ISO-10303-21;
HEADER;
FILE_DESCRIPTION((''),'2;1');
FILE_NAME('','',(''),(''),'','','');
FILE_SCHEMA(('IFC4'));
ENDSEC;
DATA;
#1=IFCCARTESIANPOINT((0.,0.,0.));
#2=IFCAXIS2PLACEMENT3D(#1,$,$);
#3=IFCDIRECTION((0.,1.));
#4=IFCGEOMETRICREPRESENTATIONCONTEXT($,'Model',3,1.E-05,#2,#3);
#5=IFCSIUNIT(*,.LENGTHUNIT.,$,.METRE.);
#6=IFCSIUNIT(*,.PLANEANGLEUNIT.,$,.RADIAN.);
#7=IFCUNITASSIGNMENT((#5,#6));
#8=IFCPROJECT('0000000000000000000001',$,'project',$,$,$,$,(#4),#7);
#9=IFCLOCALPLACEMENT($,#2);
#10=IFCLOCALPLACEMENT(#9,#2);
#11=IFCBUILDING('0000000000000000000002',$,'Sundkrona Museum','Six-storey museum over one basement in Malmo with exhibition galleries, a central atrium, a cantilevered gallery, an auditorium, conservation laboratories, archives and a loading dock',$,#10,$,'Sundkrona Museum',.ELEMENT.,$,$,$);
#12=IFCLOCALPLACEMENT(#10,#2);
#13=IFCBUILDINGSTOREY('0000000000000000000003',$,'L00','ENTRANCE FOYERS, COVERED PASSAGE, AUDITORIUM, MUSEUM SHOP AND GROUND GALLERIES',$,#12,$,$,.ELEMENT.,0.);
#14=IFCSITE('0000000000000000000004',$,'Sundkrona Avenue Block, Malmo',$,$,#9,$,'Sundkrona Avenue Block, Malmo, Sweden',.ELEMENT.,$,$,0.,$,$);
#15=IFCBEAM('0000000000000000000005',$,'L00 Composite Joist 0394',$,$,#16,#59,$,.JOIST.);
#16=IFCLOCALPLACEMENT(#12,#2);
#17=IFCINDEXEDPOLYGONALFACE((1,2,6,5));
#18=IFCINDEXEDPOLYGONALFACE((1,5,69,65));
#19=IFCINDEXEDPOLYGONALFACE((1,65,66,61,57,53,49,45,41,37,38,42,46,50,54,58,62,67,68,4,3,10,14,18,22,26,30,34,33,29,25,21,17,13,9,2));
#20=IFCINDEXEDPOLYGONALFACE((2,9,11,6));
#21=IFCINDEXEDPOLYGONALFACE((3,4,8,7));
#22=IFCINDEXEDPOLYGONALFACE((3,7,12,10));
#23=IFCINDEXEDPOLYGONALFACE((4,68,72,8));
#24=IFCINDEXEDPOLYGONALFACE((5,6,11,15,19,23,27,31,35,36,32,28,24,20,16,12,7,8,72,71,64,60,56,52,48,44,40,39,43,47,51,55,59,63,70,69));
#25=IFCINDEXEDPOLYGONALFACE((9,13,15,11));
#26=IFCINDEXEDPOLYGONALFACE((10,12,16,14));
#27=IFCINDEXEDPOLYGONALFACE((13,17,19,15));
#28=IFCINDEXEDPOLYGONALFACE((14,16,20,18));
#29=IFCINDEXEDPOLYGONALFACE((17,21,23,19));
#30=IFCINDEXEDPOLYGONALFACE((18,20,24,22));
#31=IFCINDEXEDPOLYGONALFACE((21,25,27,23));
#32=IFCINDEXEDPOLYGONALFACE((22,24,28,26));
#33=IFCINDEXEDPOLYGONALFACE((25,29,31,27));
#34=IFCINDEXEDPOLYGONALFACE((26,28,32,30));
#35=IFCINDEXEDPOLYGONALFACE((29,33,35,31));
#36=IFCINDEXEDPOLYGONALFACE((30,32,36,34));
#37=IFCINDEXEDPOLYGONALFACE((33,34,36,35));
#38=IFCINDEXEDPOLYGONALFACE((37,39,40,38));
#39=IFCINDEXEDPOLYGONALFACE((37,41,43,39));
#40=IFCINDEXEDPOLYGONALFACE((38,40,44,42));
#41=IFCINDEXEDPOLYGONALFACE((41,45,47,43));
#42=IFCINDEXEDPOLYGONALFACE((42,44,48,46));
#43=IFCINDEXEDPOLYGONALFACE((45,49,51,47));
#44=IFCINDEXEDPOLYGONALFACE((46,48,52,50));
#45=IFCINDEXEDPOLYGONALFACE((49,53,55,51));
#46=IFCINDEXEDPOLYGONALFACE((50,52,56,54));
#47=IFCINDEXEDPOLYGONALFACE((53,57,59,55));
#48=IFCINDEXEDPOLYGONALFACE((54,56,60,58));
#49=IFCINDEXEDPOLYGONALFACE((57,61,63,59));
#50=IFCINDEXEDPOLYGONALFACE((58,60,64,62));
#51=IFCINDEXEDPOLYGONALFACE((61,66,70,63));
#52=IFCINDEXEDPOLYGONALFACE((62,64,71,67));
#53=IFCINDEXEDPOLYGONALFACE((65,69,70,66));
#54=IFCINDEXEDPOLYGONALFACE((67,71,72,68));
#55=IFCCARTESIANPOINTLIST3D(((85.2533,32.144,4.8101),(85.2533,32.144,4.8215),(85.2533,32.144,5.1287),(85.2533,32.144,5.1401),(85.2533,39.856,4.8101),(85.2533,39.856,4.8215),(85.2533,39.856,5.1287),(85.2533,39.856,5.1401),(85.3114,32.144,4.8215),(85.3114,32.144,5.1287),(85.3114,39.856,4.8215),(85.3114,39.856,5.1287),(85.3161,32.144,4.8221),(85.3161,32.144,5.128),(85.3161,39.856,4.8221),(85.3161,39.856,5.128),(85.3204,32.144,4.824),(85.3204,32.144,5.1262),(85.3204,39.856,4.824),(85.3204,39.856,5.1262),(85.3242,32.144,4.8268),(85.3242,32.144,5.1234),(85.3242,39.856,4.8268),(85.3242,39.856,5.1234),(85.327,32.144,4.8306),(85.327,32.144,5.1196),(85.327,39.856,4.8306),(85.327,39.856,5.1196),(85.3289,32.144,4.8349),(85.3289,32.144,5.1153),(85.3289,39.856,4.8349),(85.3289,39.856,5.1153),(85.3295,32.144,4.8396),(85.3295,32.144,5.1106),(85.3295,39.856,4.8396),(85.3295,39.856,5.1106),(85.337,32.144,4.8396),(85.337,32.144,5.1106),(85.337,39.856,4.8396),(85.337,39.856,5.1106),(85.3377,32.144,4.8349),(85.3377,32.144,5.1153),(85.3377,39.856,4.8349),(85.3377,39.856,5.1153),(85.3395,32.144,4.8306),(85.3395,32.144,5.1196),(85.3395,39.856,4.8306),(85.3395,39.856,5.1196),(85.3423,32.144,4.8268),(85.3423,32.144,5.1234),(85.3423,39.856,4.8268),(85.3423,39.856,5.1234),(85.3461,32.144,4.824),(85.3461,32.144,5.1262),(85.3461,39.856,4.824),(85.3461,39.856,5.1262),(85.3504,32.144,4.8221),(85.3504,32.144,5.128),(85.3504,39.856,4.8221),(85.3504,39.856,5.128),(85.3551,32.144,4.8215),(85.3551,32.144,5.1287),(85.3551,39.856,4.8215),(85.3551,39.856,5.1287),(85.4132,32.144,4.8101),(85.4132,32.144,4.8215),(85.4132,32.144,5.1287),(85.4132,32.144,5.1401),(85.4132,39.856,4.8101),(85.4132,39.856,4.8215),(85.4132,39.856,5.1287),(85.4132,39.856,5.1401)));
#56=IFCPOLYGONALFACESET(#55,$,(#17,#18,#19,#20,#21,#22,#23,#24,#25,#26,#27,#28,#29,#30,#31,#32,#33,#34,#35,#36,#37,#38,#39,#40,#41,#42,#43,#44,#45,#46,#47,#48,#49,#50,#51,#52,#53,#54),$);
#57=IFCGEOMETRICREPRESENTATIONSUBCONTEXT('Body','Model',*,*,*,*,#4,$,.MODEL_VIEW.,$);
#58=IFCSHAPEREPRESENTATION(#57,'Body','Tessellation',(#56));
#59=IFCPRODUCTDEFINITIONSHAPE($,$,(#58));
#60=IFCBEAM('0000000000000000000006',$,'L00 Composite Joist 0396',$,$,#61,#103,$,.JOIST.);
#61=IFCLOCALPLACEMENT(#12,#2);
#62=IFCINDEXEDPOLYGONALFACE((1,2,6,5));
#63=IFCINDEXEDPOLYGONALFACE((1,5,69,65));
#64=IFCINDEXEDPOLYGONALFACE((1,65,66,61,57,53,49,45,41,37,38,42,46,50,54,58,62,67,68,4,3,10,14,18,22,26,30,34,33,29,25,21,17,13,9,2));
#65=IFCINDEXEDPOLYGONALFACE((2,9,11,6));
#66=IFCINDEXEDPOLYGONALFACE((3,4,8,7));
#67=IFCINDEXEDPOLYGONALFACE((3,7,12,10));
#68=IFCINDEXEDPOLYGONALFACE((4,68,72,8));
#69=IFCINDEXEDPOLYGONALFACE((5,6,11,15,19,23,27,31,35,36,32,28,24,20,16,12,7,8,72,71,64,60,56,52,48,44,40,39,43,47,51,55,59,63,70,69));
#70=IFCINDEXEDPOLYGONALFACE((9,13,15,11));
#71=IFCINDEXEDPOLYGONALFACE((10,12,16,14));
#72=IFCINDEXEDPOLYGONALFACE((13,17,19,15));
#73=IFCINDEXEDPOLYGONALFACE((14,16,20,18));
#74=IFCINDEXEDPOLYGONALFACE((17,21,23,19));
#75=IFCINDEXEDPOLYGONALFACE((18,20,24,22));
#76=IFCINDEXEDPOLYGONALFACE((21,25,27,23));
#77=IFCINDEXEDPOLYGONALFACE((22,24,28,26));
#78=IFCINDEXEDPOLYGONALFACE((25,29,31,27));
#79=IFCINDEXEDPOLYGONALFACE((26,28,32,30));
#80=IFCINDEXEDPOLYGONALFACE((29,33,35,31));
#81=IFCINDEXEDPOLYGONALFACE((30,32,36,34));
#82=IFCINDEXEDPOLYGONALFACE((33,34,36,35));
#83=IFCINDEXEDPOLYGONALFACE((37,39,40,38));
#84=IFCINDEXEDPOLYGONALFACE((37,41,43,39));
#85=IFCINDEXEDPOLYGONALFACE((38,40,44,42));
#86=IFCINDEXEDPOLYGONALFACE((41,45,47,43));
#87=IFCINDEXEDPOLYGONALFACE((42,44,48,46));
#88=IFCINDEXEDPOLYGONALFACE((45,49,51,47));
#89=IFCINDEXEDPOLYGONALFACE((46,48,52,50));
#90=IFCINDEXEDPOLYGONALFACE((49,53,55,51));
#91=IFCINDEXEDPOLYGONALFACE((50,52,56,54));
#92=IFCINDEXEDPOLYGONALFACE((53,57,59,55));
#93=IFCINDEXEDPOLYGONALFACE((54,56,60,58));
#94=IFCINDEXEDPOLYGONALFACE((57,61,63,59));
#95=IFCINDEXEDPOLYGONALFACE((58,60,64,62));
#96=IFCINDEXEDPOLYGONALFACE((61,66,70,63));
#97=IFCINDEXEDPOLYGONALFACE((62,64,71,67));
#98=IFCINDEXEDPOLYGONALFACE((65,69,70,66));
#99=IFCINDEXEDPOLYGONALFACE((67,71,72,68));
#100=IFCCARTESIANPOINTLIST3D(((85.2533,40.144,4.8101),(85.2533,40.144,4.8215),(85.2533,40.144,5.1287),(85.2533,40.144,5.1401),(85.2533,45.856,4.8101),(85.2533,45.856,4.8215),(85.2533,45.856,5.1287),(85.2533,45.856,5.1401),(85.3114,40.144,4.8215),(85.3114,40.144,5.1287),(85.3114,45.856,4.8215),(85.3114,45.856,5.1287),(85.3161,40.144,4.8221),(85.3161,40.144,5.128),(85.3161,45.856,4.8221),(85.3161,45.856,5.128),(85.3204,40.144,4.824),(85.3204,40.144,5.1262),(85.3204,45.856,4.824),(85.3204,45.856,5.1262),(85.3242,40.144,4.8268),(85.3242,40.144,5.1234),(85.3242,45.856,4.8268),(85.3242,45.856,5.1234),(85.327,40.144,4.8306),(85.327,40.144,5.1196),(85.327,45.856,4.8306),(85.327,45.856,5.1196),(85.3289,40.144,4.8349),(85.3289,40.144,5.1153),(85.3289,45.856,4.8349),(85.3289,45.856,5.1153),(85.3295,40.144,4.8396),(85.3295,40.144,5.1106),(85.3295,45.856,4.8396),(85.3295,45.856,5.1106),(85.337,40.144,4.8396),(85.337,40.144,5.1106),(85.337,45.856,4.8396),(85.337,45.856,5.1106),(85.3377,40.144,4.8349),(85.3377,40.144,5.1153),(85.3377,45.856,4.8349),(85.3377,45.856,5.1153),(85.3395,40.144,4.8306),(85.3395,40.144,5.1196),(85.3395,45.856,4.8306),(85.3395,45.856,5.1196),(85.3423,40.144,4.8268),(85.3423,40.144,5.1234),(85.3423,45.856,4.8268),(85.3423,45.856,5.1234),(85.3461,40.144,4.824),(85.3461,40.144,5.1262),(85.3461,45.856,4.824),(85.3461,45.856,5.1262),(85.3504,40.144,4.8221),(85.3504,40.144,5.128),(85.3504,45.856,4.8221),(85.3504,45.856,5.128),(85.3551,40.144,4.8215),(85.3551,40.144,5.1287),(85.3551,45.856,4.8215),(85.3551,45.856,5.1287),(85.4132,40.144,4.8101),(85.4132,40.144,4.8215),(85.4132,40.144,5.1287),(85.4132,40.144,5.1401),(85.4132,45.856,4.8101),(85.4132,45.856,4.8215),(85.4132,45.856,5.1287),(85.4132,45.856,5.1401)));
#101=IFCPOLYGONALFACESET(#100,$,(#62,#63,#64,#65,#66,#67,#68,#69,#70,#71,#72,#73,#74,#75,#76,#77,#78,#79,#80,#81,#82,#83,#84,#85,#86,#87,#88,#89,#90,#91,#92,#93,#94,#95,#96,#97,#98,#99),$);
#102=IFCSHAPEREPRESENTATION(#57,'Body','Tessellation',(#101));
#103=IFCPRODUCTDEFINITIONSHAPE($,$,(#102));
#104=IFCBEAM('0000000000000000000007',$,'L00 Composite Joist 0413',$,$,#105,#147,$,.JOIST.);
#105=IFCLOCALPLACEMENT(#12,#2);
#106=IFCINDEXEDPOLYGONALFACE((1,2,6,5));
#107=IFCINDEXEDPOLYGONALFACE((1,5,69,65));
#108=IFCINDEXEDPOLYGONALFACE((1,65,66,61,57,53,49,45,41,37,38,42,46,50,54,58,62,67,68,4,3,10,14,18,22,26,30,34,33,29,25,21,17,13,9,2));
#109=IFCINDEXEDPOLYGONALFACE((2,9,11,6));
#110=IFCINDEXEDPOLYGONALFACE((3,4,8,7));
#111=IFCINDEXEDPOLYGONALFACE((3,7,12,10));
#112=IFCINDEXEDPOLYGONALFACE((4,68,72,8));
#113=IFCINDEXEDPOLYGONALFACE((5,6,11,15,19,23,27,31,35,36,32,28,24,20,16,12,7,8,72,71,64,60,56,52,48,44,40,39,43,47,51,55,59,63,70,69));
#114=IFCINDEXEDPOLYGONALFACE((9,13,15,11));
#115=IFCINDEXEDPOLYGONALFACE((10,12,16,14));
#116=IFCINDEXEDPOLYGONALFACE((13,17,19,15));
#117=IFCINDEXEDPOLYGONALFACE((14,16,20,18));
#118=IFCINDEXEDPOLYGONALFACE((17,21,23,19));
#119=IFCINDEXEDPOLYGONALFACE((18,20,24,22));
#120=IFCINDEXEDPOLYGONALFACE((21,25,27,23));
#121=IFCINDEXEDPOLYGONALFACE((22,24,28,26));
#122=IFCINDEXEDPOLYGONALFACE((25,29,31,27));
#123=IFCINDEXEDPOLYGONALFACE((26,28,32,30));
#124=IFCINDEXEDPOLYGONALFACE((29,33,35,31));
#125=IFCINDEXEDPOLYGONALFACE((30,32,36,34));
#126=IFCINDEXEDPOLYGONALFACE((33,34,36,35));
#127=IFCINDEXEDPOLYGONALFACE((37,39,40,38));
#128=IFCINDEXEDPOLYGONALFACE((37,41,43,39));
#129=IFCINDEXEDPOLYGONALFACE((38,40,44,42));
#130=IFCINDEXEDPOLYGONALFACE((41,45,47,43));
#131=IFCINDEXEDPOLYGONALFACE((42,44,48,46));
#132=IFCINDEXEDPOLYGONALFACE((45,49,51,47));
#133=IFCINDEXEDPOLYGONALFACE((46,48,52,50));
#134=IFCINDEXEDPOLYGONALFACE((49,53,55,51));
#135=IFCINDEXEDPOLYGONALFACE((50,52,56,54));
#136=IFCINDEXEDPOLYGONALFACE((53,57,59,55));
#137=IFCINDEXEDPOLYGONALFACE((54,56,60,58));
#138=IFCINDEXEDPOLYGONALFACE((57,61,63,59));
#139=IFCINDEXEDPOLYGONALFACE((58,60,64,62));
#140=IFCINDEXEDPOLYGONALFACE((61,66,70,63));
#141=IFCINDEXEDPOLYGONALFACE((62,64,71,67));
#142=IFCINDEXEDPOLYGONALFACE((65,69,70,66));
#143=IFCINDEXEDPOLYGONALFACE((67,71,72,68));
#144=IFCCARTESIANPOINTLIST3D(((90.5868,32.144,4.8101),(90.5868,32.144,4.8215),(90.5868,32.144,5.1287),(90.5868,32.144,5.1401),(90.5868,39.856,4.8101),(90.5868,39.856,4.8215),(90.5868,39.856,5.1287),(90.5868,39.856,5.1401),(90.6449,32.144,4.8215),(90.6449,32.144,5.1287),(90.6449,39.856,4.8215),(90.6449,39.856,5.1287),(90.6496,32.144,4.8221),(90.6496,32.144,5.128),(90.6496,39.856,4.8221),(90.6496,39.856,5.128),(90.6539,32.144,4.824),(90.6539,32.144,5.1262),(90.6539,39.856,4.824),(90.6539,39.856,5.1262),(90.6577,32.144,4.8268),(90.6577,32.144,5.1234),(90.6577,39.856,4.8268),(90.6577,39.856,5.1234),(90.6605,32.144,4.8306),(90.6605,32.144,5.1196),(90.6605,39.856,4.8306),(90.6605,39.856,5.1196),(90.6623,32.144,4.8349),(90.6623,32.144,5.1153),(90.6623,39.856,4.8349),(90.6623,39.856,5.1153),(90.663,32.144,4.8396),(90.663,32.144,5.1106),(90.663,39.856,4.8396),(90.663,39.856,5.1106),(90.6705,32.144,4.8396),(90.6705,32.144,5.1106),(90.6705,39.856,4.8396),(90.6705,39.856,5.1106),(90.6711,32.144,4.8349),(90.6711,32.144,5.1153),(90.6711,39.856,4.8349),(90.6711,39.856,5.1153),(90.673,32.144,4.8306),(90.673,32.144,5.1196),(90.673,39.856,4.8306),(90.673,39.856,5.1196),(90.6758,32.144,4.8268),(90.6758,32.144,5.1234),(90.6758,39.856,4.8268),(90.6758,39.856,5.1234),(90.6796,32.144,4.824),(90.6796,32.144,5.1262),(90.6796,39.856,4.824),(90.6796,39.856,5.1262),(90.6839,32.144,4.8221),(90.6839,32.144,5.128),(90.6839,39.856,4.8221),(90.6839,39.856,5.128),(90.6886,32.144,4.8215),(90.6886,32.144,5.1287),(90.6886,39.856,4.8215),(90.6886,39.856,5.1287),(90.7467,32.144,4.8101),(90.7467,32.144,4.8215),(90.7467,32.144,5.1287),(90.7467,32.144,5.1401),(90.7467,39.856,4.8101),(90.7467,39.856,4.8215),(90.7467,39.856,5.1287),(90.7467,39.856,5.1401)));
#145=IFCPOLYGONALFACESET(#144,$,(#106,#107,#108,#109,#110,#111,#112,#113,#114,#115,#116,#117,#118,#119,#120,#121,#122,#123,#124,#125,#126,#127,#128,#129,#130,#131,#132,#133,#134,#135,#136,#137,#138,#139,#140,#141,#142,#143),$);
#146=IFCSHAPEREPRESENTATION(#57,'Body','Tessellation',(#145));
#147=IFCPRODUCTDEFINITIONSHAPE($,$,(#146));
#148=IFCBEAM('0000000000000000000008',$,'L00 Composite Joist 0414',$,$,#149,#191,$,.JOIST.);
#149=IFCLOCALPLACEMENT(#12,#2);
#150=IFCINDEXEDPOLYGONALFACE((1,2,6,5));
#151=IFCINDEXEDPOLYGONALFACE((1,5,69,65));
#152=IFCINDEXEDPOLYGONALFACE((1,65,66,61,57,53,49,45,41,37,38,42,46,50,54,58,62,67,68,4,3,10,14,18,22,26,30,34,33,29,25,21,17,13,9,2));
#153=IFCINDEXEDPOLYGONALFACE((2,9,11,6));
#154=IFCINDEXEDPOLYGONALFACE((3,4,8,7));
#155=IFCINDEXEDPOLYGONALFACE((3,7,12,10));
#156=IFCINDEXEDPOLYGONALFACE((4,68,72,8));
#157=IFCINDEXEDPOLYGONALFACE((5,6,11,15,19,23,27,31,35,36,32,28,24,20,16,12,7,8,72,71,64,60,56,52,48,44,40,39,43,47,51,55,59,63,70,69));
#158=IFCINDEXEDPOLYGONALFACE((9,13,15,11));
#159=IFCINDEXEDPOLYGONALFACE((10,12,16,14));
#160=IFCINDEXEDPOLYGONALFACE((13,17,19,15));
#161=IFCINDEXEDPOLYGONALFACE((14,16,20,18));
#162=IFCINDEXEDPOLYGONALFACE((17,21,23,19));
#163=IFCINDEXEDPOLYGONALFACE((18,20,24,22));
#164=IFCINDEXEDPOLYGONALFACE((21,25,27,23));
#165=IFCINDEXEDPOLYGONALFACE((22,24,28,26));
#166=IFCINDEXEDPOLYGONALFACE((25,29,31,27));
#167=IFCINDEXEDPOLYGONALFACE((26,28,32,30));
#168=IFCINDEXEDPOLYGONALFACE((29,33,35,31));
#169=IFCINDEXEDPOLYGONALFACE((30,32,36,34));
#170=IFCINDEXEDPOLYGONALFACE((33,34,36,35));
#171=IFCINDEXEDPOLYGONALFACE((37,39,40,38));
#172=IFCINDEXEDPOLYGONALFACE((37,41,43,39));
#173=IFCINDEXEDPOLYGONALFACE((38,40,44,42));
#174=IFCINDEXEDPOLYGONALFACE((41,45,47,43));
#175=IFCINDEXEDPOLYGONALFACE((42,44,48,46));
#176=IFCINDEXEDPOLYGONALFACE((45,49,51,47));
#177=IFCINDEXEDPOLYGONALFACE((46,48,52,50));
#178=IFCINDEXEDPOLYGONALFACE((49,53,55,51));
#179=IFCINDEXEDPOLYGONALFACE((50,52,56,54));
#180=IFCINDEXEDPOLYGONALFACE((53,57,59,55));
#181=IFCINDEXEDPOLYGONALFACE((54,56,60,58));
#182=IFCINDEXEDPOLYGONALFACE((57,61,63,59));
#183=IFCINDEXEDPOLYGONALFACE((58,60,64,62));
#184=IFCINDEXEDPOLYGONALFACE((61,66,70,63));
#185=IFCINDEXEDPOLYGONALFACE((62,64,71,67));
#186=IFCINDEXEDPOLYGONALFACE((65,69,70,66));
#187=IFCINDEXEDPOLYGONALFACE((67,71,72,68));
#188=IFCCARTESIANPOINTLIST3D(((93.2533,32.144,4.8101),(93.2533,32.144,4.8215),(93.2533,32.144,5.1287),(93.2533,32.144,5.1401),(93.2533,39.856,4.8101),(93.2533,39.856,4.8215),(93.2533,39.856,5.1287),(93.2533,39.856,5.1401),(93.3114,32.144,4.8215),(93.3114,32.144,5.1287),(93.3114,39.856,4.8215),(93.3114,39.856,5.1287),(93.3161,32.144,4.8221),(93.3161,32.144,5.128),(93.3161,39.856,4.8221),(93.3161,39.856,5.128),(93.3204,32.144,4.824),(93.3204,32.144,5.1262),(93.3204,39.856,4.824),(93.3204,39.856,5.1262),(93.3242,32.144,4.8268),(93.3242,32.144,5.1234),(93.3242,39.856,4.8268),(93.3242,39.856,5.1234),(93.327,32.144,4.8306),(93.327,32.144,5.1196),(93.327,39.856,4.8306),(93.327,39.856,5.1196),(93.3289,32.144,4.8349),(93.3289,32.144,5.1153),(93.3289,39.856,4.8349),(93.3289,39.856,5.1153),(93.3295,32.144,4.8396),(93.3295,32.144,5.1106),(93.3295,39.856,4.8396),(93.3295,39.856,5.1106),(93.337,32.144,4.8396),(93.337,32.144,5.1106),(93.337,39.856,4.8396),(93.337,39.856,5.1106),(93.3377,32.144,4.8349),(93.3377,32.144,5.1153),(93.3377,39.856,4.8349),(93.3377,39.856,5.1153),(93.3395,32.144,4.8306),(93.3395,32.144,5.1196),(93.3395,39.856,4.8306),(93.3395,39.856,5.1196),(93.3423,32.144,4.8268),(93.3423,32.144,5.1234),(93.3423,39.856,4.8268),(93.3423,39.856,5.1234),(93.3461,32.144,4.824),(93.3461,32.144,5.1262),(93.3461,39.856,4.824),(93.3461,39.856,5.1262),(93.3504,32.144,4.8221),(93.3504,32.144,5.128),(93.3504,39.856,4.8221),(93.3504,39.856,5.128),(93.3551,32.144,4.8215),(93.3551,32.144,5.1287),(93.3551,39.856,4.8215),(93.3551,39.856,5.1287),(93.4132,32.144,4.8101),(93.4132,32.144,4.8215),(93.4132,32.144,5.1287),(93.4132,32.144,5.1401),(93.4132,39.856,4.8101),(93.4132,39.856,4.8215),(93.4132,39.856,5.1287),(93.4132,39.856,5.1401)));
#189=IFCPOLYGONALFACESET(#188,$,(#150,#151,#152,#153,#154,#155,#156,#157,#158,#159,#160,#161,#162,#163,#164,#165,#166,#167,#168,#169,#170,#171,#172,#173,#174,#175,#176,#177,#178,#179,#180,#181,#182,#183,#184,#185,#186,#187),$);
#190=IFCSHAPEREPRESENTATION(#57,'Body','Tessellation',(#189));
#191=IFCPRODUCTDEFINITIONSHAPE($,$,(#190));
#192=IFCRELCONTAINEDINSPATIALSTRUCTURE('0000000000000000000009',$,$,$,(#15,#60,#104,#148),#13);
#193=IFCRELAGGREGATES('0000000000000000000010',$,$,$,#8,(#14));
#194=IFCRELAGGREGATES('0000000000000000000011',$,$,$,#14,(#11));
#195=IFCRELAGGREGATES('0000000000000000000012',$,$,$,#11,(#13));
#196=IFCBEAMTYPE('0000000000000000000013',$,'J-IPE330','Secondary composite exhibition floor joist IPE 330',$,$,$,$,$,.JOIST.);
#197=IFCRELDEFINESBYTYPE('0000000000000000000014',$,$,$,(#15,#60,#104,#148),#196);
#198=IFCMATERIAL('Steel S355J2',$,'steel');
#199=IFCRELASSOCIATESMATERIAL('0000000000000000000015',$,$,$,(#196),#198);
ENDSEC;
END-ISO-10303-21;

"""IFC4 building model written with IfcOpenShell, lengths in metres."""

from ifc_helpers import new_model, si_unit, direction, frame, origin, origin_2d, place, context, subcontext, project, spatial, i_section, extrude, material, material_profile, profile_set, type_object, element, save


model = new_model("IFC4")

# Units and contexts
model_context = context("Model", 3, precision=1e-05, world=origin(), true_north=direction((0.0, 1.0)))
body_context = subcontext(model_context, "Body", "Model", "MODEL_VIEW")
ifc_project = project(units=[si_unit("LENGTHUNIT", "METRE"), si_unit("PLANEANGLEUNIT", "RADIAN")], contexts=[model_context])

# Site, building, storey
site_placement = place(None, origin())
site = spatial("IfcSite", under=ifc_project, at=site_placement, Name="Sundkrona Avenue Block, Malmo", LongName="Sundkrona Avenue Block, Malmo, Sweden", CompositionType="ELEMENT", RefElevation=0.0)
building_placement = place(site_placement, origin())
building = spatial("IfcBuilding", under=site, at=building_placement, Name="Sundkrona Museum", Description="Six-storey museum over one basement in Malmo with exhibition galleries, a central atrium, a cantilevered gallery, an auditorium, conservation laboratories, archives and a loading dock", LongName="Sundkrona Museum", CompositionType="ELEMENT")
storey_placement = place(building_placement, origin())
storey = spatial("IfcBuildingStorey", under=building, at=storey_placement, Name="L00", Description="ENTRANCE FOYERS, COVERED PASSAGE, AUDITORIUM, MUSEUM SHOP AND GROUND GALLERIES", CompositionType="ELEMENT", Elevation=0.0)

# Shared definitions
ifc_material_1 = material(Name="Steel S355J2", Category="steel")

# Beams
ifc_material_profile_1 = material_profile(ifc_material_1, i_section(OverallWidth=0.1599, OverallDepth=0.3301, WebThickness=0.0076, FlangeThickness=0.0115, FilletRadius=0.0181, at=origin_2d()), Name="IPE 330")
ifc_profile_set_1 = profile_set([ifc_material_profile_1], Name="Steel S355J2")
beam_type_1 = type_object("IfcBeamType", Name="J-IPE330", Description="Secondary composite exhibition floor joist IPE 330", PredefinedType="JOIST", material=ifc_profile_set_1)
for number, where, z_axis, x_axis, name in (
    (1, (85.3333, 32.144, 4.9751), (0.0, 1.0, 0.0), (-1.0, 0.0, 0.0), "L00 Composite Joist 0394"),
):
    element("IfcBeam", number, at=place(storey_placement, frame(where, z_axis=z_axis, x_axis=x_axis)), inside=storey, type_object=beam_type_1, Name=name, PredefinedType="JOIST", context=body_context, shape_type="SweptSolid", body=[
        extrude(i_section(OverallWidth=0.1599, OverallDepth=0.3301, WebThickness=0.0076, FlangeThickness=0.0115, FilletRadius=0.0181, at=origin_2d()), origin(), (0.0, 0.0, 1.0), 7.7119),
    ])
beam_1_placement = place(storey_placement, frame((85.3333, 40.144, 4.9751), z_axis=(0.0, 1.0, 0.0), x_axis=(-1.0, 0.0, 0.0)))
element("IfcBeam", 2, at=beam_1_placement, inside=storey, type_object=beam_type_1, Name="L00 Composite Joist 0396", PredefinedType="JOIST", context=body_context, shape_type="SweptSolid", body=[
    extrude(i_section(OverallWidth=0.1599, OverallDepth=0.3301, WebThickness=0.0076, FlangeThickness=0.0115, FilletRadius=0.0181, at=origin_2d()), origin(), (0.0, 0.0, 1.0), 5.7119),
])
for number, where, z_axis, x_axis, name in (
    (3, (90.6667, 32.144, 4.9751), (0.0, 1.0, 0.0), (-1.0, 0.0, 0.0), "L00 Composite Joist 0413"),
    (4, (93.3333, 32.144, 4.9751), (0.0, 1.0, 0.0), (-1.0, 0.0, 0.0), "L00 Composite Joist 0414"),
):
    element("IfcBeam", number, at=place(storey_placement, frame(where, z_axis=z_axis, x_axis=x_axis)), inside=storey, type_object=beam_type_1, Name=name, PredefinedType="JOIST", context=body_context, shape_type="SweptSolid", body=[
        extrude(i_section(OverallWidth=0.1599, OverallDepth=0.3301, WebThickness=0.0076, FlangeThickness=0.0115, FilletRadius=0.0181, at=origin_2d()), origin(), (0.0, 0.0, 1.0), 7.7119),
    ])

save(model, "model.ifc")
